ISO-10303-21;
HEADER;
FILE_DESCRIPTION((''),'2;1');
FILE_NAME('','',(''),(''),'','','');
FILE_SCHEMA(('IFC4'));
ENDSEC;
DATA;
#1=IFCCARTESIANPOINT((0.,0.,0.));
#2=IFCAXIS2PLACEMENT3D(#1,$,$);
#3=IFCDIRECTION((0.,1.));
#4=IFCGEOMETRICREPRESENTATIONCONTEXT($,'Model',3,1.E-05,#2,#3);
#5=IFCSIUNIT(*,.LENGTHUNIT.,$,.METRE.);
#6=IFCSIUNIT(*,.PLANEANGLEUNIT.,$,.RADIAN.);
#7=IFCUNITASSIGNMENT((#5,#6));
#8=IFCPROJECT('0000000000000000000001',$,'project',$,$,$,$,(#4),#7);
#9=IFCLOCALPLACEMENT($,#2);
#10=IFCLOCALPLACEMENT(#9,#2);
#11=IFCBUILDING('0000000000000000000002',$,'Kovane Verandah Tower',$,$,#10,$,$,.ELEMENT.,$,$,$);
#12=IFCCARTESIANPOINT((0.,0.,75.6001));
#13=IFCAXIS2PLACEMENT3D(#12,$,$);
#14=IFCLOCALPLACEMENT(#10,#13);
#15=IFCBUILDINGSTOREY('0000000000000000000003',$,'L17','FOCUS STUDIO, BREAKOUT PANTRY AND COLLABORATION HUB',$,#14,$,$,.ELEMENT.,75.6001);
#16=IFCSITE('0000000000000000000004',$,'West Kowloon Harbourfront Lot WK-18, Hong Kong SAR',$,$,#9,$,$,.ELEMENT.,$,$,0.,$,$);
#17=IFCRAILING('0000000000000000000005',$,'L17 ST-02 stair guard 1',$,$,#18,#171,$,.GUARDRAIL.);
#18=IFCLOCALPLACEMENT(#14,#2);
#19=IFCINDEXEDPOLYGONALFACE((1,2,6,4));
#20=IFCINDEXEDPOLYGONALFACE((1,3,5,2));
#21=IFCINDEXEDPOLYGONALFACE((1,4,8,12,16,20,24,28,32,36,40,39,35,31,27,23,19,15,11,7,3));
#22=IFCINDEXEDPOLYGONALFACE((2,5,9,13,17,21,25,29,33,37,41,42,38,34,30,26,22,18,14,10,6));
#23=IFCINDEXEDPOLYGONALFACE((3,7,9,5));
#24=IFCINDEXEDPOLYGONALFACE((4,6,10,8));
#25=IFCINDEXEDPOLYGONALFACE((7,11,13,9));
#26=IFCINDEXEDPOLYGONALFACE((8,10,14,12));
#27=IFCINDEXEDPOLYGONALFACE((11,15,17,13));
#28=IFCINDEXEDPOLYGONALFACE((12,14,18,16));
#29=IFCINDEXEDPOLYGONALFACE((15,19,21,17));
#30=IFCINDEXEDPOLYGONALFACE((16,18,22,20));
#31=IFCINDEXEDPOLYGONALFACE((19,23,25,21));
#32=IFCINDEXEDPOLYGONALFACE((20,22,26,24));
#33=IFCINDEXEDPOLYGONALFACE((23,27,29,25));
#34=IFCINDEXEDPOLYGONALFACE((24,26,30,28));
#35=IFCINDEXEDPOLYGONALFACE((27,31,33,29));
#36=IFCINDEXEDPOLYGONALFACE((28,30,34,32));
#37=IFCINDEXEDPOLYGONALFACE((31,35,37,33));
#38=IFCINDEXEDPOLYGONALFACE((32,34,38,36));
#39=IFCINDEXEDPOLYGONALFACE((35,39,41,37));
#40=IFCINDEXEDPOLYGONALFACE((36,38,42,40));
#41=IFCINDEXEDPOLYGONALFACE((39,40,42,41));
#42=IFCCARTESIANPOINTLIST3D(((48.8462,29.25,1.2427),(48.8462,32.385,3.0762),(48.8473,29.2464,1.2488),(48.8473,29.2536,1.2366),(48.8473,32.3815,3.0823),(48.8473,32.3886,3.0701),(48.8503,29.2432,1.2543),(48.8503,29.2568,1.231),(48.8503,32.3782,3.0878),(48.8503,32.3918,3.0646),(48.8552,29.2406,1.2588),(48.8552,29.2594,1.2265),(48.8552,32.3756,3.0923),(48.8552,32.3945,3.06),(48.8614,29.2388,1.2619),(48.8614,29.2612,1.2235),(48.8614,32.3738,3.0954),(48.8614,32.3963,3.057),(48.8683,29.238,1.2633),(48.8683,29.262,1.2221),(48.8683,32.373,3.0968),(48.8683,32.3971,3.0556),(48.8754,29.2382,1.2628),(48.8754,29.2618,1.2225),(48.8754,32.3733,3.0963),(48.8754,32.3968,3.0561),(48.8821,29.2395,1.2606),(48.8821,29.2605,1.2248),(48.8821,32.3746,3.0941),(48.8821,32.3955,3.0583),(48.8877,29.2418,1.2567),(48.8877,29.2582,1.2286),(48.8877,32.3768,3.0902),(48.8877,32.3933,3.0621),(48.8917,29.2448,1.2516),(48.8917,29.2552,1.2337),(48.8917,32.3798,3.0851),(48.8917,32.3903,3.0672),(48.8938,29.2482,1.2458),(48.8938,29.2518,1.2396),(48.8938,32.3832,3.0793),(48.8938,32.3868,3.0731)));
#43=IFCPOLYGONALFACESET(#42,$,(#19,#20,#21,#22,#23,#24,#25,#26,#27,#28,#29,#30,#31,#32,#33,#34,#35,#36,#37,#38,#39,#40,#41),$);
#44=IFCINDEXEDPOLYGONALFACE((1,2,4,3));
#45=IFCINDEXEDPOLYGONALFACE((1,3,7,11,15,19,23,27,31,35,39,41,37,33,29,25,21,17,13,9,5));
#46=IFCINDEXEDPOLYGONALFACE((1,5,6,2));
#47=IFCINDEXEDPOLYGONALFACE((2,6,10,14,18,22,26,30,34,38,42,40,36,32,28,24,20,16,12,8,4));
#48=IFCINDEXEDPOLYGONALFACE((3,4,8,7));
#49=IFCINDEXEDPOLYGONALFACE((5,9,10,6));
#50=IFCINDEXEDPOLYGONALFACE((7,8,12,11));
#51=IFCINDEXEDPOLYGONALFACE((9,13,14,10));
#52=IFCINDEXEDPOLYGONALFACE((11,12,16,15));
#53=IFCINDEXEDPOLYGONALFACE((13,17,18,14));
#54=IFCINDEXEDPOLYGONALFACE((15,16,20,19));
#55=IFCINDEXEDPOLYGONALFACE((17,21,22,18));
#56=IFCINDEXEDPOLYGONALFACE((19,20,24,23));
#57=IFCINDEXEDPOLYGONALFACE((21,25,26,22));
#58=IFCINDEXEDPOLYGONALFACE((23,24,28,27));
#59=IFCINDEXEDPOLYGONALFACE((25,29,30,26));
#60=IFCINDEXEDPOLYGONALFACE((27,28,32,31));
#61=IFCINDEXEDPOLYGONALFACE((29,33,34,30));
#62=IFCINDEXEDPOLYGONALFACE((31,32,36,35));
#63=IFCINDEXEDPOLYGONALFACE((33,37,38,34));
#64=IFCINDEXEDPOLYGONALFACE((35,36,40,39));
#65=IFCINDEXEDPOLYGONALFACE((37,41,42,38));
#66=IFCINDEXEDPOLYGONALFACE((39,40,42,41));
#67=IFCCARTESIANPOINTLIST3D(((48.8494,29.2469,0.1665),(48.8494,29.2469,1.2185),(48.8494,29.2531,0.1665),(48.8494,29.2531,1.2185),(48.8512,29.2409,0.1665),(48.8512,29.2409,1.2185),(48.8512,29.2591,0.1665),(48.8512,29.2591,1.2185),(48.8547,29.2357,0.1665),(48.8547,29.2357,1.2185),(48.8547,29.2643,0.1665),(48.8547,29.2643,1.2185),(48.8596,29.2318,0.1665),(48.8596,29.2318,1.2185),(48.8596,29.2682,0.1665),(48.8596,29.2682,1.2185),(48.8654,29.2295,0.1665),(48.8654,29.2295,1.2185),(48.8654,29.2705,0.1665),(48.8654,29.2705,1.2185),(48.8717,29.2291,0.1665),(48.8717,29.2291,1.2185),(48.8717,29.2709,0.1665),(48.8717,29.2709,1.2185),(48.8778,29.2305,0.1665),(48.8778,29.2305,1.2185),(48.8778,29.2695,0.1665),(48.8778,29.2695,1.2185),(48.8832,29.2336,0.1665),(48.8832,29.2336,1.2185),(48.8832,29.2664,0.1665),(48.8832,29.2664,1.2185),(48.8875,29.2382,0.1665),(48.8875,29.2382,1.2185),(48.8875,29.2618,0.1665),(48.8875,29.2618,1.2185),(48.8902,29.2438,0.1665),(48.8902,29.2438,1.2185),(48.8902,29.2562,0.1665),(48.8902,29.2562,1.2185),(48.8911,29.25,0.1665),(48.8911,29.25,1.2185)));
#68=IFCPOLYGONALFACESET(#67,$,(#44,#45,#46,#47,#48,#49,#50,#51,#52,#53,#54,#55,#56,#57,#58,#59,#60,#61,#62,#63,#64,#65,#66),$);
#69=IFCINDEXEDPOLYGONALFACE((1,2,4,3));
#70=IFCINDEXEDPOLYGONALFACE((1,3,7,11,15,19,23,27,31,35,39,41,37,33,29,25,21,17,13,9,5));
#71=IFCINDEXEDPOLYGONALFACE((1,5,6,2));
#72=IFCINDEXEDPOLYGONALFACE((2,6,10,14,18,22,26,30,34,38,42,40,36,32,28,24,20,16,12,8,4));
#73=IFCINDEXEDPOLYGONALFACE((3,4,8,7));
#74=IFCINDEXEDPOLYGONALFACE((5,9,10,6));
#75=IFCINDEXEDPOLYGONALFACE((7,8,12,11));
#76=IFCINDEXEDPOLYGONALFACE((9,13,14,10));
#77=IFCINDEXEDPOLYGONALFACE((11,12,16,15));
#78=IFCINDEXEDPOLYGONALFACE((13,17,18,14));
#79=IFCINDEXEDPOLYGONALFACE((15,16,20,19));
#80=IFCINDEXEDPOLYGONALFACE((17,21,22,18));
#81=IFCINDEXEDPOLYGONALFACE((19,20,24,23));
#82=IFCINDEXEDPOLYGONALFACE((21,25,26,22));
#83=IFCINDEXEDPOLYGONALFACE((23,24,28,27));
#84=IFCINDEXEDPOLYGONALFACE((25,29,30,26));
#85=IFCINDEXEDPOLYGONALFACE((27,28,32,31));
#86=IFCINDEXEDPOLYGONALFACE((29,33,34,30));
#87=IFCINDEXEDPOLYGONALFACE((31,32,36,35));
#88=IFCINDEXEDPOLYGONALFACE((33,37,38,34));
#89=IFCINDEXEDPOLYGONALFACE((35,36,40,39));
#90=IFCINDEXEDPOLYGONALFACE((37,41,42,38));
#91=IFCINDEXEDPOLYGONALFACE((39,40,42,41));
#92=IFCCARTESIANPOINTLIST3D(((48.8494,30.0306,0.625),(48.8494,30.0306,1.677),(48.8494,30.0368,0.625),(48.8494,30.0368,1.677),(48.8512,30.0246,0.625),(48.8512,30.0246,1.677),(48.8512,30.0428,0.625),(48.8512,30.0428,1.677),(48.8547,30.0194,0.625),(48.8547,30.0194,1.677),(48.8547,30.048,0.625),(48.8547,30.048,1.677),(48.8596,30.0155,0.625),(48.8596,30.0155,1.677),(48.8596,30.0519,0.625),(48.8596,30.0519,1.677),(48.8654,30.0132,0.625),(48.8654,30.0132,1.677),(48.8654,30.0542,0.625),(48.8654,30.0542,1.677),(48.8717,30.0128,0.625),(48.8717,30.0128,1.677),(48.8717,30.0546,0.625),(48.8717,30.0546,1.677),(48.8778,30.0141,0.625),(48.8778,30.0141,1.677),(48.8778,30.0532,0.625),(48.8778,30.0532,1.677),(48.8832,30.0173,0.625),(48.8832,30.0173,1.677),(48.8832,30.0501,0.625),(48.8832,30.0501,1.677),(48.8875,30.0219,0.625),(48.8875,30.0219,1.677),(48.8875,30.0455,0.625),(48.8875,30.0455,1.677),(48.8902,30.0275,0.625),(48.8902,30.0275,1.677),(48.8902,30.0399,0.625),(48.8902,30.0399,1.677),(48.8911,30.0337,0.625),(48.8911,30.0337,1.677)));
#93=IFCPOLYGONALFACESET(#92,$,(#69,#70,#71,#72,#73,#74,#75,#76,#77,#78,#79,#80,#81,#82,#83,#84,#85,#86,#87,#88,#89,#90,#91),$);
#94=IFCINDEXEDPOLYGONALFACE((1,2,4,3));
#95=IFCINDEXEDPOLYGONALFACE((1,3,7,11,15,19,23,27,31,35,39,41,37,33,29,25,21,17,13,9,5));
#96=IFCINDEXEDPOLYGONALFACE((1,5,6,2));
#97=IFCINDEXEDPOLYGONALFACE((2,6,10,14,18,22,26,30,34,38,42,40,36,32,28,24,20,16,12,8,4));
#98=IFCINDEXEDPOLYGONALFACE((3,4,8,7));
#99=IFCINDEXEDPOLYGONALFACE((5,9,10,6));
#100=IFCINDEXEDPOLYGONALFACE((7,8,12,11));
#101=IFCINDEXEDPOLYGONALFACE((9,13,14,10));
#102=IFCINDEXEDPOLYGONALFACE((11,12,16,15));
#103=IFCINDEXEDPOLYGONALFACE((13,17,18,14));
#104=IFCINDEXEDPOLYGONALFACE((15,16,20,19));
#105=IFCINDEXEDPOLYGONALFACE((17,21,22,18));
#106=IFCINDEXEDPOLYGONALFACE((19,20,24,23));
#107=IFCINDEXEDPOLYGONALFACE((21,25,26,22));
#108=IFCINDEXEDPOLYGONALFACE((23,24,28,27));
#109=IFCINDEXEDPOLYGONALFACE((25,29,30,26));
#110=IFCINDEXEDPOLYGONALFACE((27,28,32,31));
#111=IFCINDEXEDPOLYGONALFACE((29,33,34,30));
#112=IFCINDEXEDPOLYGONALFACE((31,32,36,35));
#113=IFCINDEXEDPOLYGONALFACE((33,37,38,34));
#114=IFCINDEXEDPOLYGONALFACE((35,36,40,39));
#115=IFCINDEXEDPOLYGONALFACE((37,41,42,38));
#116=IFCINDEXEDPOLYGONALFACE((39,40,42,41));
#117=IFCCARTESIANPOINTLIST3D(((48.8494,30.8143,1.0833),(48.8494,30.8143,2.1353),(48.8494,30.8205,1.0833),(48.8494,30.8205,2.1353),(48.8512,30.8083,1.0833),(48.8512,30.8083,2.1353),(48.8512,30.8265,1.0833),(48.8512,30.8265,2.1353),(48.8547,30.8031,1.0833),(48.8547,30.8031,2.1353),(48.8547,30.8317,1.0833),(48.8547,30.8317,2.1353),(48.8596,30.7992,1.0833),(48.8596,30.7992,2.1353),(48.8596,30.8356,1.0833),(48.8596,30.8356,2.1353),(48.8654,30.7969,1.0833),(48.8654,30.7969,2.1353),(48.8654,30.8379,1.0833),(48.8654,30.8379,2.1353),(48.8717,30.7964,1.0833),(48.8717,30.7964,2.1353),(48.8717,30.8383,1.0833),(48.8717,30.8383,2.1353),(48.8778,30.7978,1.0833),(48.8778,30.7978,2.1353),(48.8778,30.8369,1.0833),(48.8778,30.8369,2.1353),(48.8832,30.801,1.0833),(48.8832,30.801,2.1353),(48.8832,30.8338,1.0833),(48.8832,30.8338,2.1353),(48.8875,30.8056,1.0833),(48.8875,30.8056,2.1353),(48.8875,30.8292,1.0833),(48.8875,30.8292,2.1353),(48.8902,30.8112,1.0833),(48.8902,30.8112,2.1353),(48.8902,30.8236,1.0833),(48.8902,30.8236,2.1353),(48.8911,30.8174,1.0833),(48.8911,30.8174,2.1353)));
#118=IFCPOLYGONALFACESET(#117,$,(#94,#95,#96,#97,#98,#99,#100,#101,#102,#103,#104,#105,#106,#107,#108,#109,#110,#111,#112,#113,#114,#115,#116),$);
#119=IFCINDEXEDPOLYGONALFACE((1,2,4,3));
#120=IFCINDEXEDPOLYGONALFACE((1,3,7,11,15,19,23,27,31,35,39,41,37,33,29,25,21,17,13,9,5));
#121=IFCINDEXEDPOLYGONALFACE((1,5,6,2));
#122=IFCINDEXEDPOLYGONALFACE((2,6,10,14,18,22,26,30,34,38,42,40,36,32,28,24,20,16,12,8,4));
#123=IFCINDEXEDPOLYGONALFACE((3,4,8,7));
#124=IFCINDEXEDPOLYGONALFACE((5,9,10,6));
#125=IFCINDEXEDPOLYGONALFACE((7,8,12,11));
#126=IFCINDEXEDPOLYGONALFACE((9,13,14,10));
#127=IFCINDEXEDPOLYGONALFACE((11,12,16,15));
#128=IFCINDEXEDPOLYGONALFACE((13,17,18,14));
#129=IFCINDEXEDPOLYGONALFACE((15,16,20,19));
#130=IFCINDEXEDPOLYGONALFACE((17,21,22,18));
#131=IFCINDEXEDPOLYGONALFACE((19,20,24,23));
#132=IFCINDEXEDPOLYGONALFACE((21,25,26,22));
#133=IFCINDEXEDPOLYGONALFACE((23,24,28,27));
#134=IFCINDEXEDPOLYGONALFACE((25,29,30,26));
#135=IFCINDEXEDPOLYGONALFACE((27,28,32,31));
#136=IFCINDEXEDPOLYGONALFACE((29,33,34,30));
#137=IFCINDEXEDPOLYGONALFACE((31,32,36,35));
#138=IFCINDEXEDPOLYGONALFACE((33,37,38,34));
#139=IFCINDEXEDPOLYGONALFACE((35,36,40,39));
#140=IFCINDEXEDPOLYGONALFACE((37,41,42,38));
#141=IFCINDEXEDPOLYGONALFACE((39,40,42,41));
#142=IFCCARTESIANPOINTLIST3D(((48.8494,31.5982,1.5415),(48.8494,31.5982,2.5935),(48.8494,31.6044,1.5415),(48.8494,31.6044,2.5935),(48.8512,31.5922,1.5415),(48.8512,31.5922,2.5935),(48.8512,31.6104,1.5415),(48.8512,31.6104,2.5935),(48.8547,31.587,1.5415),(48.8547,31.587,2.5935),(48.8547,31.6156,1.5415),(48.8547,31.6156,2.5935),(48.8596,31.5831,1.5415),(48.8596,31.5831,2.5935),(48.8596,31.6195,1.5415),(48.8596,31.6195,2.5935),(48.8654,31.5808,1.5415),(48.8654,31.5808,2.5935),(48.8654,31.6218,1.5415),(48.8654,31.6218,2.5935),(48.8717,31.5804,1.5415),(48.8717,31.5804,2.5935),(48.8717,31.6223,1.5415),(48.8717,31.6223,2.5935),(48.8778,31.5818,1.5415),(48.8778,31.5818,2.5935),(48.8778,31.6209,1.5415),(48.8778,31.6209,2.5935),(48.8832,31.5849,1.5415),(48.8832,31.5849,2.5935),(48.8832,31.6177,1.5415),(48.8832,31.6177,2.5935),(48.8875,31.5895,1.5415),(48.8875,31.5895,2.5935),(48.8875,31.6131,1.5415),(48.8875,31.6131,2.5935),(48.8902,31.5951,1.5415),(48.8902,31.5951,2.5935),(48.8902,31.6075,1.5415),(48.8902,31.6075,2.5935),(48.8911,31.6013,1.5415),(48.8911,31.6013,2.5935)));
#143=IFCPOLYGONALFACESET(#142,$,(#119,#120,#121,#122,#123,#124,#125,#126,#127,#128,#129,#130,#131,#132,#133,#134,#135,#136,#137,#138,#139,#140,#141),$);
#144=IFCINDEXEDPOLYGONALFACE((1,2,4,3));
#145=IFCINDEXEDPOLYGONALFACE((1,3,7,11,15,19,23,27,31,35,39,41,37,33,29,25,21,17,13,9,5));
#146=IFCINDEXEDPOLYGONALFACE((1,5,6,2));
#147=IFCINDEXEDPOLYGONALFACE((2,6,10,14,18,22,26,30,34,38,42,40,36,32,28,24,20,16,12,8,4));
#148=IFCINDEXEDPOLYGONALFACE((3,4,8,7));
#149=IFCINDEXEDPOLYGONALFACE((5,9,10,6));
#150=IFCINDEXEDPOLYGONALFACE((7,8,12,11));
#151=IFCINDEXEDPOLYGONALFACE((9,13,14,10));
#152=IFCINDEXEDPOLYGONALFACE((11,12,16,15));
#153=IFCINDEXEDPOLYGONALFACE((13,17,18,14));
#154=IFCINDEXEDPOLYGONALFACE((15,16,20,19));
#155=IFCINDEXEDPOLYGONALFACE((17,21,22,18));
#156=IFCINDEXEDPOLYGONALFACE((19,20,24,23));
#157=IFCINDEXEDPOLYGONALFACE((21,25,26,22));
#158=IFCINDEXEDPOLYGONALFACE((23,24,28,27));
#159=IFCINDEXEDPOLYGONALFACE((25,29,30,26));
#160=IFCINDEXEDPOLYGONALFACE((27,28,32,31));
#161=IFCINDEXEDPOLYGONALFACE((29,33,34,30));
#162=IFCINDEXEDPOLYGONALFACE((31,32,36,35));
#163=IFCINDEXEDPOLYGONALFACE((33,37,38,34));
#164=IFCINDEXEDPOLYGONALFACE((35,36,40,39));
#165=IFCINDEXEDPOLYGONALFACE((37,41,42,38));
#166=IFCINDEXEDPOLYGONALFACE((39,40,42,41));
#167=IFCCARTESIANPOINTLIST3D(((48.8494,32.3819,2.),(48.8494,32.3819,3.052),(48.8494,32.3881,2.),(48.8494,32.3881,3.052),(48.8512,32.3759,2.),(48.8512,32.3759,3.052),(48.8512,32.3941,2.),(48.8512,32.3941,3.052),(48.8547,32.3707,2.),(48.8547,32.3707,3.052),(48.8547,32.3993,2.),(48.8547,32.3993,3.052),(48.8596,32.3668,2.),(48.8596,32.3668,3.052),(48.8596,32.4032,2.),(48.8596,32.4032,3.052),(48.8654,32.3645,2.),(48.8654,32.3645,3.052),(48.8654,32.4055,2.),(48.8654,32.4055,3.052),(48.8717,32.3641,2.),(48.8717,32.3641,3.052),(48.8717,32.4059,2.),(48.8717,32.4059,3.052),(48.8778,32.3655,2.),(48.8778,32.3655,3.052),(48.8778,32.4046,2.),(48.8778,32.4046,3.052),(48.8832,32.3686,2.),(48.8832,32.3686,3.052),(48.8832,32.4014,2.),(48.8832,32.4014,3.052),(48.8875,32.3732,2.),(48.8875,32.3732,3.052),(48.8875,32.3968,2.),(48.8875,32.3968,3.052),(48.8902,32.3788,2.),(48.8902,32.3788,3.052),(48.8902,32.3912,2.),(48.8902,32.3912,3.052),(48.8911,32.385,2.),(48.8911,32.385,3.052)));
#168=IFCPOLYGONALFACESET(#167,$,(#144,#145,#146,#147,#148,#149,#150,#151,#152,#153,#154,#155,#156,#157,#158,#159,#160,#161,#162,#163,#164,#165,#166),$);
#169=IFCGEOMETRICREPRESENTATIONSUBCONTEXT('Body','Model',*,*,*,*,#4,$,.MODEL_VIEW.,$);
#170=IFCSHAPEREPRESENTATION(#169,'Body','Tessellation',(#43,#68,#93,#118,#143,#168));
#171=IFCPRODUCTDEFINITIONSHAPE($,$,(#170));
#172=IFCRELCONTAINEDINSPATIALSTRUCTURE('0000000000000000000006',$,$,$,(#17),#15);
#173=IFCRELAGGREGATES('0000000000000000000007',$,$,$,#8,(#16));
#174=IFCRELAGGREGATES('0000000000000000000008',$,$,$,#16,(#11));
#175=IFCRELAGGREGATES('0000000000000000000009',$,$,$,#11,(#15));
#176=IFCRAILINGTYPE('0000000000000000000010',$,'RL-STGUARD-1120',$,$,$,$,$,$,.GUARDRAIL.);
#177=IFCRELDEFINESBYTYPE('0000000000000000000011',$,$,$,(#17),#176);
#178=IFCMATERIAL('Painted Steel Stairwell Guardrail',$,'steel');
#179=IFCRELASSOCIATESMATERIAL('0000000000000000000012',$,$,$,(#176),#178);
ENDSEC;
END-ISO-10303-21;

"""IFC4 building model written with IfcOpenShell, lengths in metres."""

from ifc_helpers import new_model, si_unit, direction, frame, origin, origin_2d, place, context, subcontext, project, spatial, circle, extrude, material, type_object, element, save


model = new_model("IFC4")

# Units and contexts
model_context = context("Model", 3, precision=1e-05, world=origin(), true_north=direction((0.0, 1.0)))
body_context = subcontext(model_context, "Body", "Model", "MODEL_VIEW")
ifc_project = project(units=[si_unit("LENGTHUNIT", "METRE"), si_unit("PLANEANGLEUNIT", "RADIAN")], contexts=[model_context])

# Site, building, storey
site_placement = place(None, origin())
site = spatial("IfcSite", under=ifc_project, at=site_placement, Name="West Kowloon Harbourfront Lot WK-18, Hong Kong SAR", CompositionType="ELEMENT", RefElevation=0.0)
building_placement = place(site_placement, origin())
building = spatial("IfcBuilding", under=site, at=building_placement, Name="Kovane Verandah Tower", CompositionType="ELEMENT")
storey_placement = place(building_placement, frame((0.0, 0.0, 75.6001)))
storey = spatial("IfcBuildingStorey", under=building, at=storey_placement, Name="L17", Description="FOCUS STUDIO, BREAKOUT PANTRY AND COLLABORATION HUB", CompositionType="ELEMENT", Elevation=75.6001)

# Railing
ifc_material_1 = material(Name="Painted Steel Stairwell Guardrail", Category="steel")
railing_type_1 = type_object("IfcRailingType", Name="RL-STGUARD-1120", PredefinedType="GUARDRAIL", material=ifc_material_1)
railing_1_placement = place(storey_placement, frame((48.8701, 29.25, 0.1665)))
element("IfcRailing", 1, at=railing_1_placement, inside=storey, type_object=railing_type_1, Name="L17 ST-02 stair guard 1", PredefinedType="GUARDRAIL", context=body_context, shape_type="SweptSolid", body=[
    extrude(circle(Radius=0.0239, at=origin_2d()), frame((0.0, 0.0, 1.0762), z_axis=(0.0, 0.86321, 0.504845), x_axis=(-1.0, 0.0, 0.0)), (0.0, 0.0, 1.0), 3.6318),
    extrude(circle(Radius=0.021, at=origin_2d()), origin(), (0.0, 0.0, 1.0), 1.052),
    extrude(circle(Radius=0.021, at=origin_2d()), frame((0.0, 0.7837, 0.4585)), (0.0, 0.0, 1.0), 1.052),
    extrude(circle(Radius=0.021, at=origin_2d()), frame((0.0, 1.5674, 0.9167)), (0.0, 0.0, 1.0), 1.052),
    extrude(circle(Radius=0.021, at=origin_2d()), frame((0.0, 2.3513, 1.375)), (0.0, 0.0, 1.0), 1.052),
    extrude(circle(Radius=0.021, at=origin_2d()), frame((0.0, 3.135, 1.8335)), (0.0, 0.0, 1.0), 1.052),
])

save(model, "model.ifc")
